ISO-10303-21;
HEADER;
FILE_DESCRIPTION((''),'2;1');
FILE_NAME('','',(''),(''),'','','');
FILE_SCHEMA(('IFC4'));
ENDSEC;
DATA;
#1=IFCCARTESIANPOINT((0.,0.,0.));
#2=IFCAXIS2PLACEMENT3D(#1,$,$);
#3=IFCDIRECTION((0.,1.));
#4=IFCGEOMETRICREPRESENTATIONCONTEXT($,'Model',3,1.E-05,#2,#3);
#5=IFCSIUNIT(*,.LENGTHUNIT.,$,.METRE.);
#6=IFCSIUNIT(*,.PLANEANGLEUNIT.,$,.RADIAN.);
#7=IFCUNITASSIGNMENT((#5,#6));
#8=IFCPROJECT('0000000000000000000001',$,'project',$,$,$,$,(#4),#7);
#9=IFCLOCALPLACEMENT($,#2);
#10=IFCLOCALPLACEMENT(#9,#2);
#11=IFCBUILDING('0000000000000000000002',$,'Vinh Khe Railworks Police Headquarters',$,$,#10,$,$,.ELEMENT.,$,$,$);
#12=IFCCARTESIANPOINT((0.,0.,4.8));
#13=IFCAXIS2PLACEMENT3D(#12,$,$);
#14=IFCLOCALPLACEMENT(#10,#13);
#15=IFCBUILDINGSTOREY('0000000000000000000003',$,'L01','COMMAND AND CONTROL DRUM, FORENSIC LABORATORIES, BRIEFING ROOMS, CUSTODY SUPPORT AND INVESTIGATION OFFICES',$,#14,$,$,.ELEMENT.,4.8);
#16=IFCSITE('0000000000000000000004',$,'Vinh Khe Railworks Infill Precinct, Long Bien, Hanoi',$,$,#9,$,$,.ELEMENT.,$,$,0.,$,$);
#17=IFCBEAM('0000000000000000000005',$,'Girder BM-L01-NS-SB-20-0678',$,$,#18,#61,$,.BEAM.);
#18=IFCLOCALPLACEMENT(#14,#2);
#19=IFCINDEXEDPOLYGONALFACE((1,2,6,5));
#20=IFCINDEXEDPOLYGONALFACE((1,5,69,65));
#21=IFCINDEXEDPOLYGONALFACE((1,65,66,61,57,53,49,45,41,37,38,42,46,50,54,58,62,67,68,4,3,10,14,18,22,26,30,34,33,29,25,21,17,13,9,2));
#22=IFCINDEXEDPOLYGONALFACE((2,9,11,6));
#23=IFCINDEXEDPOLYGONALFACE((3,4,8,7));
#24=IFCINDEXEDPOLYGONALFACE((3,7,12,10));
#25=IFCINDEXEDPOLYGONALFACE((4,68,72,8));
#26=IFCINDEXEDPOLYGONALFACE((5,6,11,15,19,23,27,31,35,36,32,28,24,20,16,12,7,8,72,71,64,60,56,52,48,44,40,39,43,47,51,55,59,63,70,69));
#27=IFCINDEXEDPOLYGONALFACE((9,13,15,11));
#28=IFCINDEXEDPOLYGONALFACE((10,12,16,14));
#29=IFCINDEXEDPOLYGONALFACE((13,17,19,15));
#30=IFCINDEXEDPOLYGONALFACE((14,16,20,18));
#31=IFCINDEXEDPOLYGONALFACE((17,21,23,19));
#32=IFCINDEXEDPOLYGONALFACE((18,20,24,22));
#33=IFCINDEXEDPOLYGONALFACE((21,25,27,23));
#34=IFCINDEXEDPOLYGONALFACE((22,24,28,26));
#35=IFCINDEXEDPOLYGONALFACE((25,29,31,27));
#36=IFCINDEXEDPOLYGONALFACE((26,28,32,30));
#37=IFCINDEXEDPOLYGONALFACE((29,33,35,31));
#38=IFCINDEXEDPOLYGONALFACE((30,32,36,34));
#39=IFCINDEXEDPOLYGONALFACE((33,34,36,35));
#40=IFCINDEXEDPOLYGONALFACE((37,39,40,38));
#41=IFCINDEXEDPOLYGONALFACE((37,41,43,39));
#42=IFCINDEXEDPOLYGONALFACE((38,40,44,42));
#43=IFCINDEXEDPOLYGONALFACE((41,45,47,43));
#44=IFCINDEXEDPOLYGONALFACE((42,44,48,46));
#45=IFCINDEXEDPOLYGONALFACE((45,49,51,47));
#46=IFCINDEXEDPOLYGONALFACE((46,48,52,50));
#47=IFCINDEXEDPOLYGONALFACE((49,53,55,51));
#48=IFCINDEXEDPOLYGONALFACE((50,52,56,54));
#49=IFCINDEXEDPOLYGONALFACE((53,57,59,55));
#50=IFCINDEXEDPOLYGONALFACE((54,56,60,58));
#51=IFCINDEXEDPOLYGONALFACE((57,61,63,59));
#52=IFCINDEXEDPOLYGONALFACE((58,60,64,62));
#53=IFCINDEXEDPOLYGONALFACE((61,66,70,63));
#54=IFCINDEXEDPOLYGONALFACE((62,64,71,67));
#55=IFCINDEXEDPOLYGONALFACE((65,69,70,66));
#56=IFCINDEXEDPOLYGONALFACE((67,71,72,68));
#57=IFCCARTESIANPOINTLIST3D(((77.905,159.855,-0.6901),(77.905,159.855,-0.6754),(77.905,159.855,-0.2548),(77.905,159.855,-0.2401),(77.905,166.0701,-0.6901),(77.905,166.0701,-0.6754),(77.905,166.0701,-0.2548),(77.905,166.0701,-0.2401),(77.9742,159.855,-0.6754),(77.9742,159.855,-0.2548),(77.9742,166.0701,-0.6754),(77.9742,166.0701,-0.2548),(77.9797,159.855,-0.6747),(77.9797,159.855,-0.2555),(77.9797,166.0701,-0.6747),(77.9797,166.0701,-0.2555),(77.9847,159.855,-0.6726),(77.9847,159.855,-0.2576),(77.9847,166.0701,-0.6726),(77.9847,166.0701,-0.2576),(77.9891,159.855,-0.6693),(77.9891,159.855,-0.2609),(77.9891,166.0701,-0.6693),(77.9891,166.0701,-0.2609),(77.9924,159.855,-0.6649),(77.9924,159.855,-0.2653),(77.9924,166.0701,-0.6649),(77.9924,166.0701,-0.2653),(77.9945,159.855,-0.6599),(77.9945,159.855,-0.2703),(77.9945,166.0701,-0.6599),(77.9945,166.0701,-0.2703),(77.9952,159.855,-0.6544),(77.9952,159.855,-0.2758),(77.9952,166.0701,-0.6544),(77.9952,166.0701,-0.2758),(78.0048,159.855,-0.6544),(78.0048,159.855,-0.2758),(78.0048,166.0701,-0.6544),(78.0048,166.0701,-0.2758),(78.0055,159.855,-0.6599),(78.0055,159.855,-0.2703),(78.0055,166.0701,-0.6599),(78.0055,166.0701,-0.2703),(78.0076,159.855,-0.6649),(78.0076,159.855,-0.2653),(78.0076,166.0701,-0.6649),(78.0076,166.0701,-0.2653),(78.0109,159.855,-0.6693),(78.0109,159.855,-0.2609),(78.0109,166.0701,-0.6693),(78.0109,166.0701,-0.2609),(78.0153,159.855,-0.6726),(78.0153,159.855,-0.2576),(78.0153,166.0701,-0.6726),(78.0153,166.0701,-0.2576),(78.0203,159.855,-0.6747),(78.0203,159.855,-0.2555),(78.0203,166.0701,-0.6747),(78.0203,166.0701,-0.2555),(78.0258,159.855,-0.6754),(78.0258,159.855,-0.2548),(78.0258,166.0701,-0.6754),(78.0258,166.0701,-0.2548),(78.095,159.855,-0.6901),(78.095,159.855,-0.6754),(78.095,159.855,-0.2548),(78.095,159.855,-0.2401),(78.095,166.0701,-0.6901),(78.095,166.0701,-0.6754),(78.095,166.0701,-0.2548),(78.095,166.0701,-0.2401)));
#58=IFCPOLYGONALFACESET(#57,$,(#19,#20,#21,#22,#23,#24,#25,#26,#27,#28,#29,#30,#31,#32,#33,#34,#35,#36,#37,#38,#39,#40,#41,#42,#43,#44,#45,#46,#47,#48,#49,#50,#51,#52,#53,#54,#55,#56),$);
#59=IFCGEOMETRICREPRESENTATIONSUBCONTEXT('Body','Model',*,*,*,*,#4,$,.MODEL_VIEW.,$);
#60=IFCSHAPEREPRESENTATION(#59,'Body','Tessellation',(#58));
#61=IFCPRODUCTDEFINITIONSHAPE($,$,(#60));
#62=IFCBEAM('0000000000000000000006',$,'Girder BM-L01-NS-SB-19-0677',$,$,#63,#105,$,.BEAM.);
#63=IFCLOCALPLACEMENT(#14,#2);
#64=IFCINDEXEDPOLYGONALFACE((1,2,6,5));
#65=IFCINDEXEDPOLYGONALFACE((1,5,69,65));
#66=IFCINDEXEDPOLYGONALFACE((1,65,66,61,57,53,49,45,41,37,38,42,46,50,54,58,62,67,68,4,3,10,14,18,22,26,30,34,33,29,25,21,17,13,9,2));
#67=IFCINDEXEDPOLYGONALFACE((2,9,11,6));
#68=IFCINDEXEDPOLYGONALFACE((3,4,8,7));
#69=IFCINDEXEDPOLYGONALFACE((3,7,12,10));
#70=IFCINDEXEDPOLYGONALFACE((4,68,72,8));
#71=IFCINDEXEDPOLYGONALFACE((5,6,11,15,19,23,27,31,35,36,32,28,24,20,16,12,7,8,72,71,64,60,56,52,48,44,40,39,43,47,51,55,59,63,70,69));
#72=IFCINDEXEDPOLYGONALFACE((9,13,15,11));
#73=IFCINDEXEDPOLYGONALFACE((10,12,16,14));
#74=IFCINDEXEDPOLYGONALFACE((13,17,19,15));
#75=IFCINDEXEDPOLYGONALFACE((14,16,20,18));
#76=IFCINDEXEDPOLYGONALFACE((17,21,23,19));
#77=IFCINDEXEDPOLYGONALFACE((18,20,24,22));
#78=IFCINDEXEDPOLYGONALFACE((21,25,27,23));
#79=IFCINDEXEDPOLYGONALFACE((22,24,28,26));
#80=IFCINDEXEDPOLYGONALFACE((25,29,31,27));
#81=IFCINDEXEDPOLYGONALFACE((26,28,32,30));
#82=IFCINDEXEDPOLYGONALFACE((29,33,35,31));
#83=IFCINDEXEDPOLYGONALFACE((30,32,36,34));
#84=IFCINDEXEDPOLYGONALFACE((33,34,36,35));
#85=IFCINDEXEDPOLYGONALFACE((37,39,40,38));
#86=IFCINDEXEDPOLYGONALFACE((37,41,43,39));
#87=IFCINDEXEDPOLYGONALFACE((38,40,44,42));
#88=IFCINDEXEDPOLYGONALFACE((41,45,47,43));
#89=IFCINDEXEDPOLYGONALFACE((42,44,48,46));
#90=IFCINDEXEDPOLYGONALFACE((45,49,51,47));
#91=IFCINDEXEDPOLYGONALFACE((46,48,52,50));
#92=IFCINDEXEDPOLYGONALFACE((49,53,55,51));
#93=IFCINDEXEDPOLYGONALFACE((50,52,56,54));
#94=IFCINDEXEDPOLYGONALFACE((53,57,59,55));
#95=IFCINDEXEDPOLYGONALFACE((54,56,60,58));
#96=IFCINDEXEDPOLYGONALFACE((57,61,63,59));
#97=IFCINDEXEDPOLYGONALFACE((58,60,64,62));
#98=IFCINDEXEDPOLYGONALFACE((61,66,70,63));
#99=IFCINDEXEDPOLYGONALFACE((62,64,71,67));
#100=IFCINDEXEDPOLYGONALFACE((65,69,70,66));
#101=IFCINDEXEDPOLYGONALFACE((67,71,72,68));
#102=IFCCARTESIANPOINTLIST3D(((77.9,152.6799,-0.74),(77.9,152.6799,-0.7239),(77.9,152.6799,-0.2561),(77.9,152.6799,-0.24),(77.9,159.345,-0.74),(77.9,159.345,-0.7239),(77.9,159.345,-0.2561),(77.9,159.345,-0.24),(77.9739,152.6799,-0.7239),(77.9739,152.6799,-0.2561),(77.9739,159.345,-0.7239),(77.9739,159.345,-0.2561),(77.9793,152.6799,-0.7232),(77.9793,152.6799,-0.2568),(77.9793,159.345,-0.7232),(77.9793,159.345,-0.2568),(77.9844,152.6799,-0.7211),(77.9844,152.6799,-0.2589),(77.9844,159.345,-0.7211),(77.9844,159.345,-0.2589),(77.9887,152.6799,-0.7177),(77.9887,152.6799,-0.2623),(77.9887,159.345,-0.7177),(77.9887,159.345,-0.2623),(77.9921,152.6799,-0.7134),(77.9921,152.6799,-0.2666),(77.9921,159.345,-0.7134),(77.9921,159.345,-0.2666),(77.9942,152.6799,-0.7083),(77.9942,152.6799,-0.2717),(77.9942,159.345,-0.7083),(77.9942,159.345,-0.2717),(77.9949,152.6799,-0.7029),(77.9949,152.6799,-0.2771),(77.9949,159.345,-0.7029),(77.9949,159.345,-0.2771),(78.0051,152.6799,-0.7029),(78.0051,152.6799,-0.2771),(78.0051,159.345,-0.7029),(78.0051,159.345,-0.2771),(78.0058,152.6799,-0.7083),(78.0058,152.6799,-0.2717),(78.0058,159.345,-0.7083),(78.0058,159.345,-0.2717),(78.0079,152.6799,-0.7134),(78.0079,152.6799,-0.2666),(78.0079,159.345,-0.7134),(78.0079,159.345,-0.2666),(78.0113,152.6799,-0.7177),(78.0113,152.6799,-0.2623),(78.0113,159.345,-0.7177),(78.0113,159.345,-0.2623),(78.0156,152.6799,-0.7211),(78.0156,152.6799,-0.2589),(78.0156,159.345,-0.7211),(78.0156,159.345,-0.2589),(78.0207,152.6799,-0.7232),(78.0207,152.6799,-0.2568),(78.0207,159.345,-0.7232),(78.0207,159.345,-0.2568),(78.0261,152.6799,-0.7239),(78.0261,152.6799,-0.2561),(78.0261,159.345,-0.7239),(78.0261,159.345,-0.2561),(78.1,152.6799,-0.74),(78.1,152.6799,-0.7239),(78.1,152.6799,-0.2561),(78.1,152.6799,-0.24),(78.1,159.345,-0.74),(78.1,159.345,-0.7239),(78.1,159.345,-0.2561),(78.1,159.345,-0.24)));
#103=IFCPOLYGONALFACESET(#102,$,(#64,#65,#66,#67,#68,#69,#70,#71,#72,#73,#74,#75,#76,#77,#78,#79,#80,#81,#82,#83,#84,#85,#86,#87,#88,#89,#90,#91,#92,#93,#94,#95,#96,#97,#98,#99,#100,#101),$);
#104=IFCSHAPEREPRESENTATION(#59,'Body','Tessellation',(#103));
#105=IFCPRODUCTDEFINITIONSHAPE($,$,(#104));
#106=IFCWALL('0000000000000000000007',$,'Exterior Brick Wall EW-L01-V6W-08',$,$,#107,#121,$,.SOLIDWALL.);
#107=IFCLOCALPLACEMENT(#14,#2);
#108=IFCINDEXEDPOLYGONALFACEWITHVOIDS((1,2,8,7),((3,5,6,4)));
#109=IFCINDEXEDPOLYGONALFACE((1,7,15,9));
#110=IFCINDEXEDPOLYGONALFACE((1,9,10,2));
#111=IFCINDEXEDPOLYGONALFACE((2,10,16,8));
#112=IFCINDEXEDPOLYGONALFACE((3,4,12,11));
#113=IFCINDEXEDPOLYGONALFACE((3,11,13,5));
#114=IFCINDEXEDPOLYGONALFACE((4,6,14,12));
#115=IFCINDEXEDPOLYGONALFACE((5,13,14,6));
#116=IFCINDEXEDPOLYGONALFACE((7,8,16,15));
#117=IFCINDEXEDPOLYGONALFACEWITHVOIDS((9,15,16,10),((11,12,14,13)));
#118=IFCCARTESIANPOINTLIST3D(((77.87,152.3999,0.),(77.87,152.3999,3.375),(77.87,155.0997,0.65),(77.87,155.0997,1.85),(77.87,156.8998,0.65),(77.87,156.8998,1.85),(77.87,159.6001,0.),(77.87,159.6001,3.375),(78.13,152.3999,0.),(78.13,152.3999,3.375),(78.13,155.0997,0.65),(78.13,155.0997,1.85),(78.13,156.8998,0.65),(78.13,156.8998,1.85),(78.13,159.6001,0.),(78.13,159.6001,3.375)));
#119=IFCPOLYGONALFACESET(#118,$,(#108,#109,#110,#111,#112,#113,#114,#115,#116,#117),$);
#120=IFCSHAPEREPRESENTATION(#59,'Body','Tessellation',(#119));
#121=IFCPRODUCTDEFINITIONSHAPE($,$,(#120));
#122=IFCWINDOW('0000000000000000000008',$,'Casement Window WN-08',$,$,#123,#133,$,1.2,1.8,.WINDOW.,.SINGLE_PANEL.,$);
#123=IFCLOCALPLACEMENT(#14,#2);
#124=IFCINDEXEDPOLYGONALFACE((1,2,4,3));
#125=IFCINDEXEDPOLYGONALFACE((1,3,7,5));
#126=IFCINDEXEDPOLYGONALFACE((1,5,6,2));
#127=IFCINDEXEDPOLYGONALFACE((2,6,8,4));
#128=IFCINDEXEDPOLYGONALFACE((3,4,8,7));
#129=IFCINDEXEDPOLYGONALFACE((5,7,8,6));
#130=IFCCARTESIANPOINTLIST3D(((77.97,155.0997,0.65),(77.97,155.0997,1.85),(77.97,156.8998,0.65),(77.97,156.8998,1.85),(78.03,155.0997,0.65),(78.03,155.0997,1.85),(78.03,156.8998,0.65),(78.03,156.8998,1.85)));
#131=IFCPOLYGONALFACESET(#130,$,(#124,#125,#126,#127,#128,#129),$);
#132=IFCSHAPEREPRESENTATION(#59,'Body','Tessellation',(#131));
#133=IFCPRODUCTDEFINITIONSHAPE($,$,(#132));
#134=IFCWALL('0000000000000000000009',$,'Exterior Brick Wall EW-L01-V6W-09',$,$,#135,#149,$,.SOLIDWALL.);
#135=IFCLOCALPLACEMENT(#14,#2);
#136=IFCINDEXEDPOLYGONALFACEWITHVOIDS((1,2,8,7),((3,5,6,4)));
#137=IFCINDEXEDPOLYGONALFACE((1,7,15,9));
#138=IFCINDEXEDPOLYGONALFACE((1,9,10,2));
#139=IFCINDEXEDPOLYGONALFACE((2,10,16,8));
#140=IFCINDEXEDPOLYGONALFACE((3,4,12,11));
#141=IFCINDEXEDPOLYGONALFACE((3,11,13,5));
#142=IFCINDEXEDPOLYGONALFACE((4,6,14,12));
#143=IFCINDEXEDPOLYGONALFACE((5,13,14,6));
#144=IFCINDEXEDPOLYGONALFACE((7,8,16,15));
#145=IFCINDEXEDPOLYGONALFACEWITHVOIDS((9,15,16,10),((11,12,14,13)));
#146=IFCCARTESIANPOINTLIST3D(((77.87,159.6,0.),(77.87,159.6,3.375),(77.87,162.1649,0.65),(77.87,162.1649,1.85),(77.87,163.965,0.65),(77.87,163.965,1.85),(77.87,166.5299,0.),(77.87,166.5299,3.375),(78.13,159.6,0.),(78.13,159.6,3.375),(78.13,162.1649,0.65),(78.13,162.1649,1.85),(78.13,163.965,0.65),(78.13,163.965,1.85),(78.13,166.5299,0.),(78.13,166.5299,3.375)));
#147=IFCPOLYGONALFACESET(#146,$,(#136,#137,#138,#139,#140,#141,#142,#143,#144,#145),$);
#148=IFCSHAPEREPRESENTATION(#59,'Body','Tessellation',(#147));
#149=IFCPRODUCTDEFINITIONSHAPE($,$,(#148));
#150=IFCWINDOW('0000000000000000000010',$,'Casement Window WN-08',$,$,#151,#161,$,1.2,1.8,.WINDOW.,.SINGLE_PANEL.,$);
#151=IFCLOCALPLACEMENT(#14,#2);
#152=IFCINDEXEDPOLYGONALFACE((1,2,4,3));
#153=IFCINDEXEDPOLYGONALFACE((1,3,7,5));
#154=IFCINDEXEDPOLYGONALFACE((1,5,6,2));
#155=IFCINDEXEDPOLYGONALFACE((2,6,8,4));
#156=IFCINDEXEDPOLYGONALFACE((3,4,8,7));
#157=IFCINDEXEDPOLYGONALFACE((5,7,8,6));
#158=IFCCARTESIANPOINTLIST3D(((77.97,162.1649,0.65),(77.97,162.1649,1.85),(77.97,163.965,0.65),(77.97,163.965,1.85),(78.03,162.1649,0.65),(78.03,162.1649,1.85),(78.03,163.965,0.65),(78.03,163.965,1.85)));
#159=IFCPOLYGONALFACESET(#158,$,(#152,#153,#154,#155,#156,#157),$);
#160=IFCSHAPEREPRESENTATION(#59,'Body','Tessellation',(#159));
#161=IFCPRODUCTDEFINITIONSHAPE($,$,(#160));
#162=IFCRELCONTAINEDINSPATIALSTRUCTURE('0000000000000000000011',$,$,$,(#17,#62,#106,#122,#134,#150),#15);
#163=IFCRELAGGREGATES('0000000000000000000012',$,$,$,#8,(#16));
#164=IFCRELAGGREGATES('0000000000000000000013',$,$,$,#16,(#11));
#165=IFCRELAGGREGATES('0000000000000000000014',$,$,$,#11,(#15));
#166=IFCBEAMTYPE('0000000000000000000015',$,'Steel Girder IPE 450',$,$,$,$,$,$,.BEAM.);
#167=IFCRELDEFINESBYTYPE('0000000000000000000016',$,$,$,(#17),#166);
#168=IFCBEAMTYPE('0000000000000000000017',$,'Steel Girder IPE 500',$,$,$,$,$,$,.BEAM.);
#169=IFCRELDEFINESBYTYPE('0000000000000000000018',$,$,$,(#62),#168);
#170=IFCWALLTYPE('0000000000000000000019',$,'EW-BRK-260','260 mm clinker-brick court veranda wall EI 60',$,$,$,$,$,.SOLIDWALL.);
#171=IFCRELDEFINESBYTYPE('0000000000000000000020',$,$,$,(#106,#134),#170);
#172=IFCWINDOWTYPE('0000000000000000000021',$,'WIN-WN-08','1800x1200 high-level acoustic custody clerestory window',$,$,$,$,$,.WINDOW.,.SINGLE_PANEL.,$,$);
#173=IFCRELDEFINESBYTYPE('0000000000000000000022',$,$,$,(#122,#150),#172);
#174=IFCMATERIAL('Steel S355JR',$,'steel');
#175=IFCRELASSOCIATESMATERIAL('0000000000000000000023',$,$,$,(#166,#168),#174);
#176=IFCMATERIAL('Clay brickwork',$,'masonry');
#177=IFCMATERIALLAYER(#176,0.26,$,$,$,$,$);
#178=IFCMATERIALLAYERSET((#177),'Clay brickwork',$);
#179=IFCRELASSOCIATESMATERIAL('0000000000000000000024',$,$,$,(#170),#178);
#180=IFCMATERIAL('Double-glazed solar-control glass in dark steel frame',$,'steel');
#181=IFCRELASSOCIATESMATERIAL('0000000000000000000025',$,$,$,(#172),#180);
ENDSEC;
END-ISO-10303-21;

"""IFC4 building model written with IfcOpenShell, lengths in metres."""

from ifc_helpers import new_model, si_unit, direction, frame, frame_2d, origin, origin_2d, place, context, subcontext, project, spatial, rectangle, i_section, extrude, material, layer, layer_set, material_profile, profile_set, type_object, element, fill, save


model = new_model("IFC4")

# Units and contexts
model_context = context("Model", 3, precision=1e-05, world=origin(), true_north=direction((0.0, 1.0)))
body_context = subcontext(model_context, "Body", "Model", "MODEL_VIEW")
ifc_project = project(units=[si_unit("LENGTHUNIT", "METRE"), si_unit("PLANEANGLEUNIT", "RADIAN")], contexts=[model_context])

# Site, building, storey
site_placement = place(None, origin())
site = spatial("IfcSite", under=ifc_project, at=site_placement, Name="Vinh Khe Railworks Infill Precinct, Long Bien, Hanoi", CompositionType="ELEMENT", RefElevation=0.0)
building_placement = place(site_placement, origin())
building = spatial("IfcBuilding", under=site, at=building_placement, Name="Vinh Khe Railworks Police Headquarters", CompositionType="ELEMENT")
storey_placement = place(building_placement, frame((0.0, 0.0, 4.8)))
storey = spatial("IfcBuildingStorey", under=building, at=storey_placement, Name="L01", Description="COMMAND AND CONTROL DRUM, FORENSIC LABORATORIES, BRIEFING ROOMS, CUSTODY SUPPORT AND INVESTIGATION OFFICES", CompositionType="ELEMENT", Elevation=4.8)

# Shared definitions
ifc_material_1 = material(Name="Steel S355JR", Category="steel")

# Beams
ifc_material_profile_1 = material_profile(ifc_material_1, i_section(OverallWidth=0.1899, OverallDepth=0.45, WebThickness=0.0095, FlangeThickness=0.0146, FilletRadius=0.021, at=origin_2d()), Name="IPE 450")
ifc_profile_set_1 = profile_set([ifc_material_profile_1], Name="Steel S355JR")
beam_type_1 = type_object("IfcBeamType", Name="Steel Girder IPE 450", PredefinedType="BEAM", material=ifc_profile_set_1)
beam_1_placement = place(storey_placement, frame((78.0, 159.855, -0.4651), z_axis=(0.0, 1.0, 0.0), x_axis=(-1.0, 0.0, 0.0)))
element("IfcBeam", 1, at=beam_1_placement, inside=storey, type_object=beam_type_1, Name="Girder BM-L01-NS-SB-20-0678", PredefinedType="BEAM", context=body_context, shape_type="SweptSolid", body=[
    extrude(i_section(OverallWidth=0.1899, OverallDepth=0.45, WebThickness=0.0095, FlangeThickness=0.0146, FilletRadius=0.021, at=origin_2d()), origin(), (0.0, 0.0, 1.0), 6.2151),
])
ifc_material_profile_2 = material_profile(ifc_material_1, i_section(OverallWidth=0.2, OverallDepth=0.5, WebThickness=0.0103, FlangeThickness=0.0161, FilletRadius=0.021, at=origin_2d()), Name="IPE 500")
ifc_profile_set_2 = profile_set([ifc_material_profile_2], Name="Steel S355JR")
beam_type_2 = type_object("IfcBeamType", Name="Steel Girder IPE 500", PredefinedType="BEAM", material=ifc_profile_set_2)
beam_2_placement = place(storey_placement, frame((78.0, 152.6799, -0.49), z_axis=(0.0, 1.0, 0.0), x_axis=(-1.0, 0.0, 0.0)))
element("IfcBeam", 2, at=beam_2_placement, inside=storey, type_object=beam_type_2, Name="Girder BM-L01-NS-SB-19-0677", PredefinedType="BEAM", context=body_context, shape_type="SweptSolid", body=[
    extrude(i_section(OverallWidth=0.2, OverallDepth=0.5, WebThickness=0.0103, FlangeThickness=0.0161, FilletRadius=0.021, at=origin_2d()), origin(), (0.0, 0.0, 1.0), 6.665),
])

# Walls, openings, windows
ifc_material_2 = material(Name="Clay brickwork", Category="masonry")
ifc_layer_1 = layer(ifc_material_2, 0.26)
ifc_layer_set_1 = layer_set([ifc_layer_1], Name="Clay brickwork")
wall_type_1 = type_object("IfcWallType", Name="EW-BRK-260", Description="260 mm clinker-brick court veranda wall EI 60", PredefinedType="SOLIDWALL", material=ifc_layer_set_1)
wall_1_placement = place(storey_placement, frame((78.0, 152.3999, 0.0), z_axis=(0.0, 0.0, 1.0), x_axis=(0.0, 1.0, 0.0)))
wall_1 = element("IfcWall", 3, at=wall_1_placement, inside=storey, type_object=wall_type_1, Name="Exterior Brick Wall EW-L01-V6W-08", PredefinedType="SOLIDWALL", context=body_context, shape_type="SweptSolid", body=[
    extrude(rectangle(XDim=7.2002, YDim=0.26, at=frame_2d((3.6001, 0.0))), origin(), (0.0, 0.0, 1.0), 3.375),
])
opening_1_placement = place(wall_1_placement, frame((2.7, 0.0, 0.6499)))
opening_1 = element("IfcOpeningElement", 4, at=opening_1_placement, cuts=wall_1, PredefinedType="OPENING", context=body_context, shape_type="SweptSolid", body=[
    extrude(rectangle(XDim=1.8, YDim=1.2, at=frame_2d((0.8999, 0.6001))), frame((0.0, 0.145, 0.0), z_axis=(0.0, -1.0, 0.0), x_axis=(1.0, 0.0, 0.0)), (0.0, 0.0, 1.0), 0.2898),
])
ifc_material_3 = material(Name="Double-glazed solar-control glass in dark steel frame", Category="steel")
window_type_1 = type_object("IfcWindowType", Name="WIN-WN-08", Description="1800x1200 high-level acoustic custody clerestory window", PartitioningType="SINGLE_PANEL", PredefinedType="WINDOW", material=ifc_material_3)
window_1_placement = place(opening_1_placement, origin())
window_1 = element("IfcWindow", 5, at=window_1_placement, inside=storey, type_object=window_type_1, Name="Casement Window WN-08", OverallHeight=1.2, OverallWidth=1.8, PartitioningType="SINGLE_PANEL", PredefinedType="WINDOW", context=body_context, shape_type="SweptSolid", body=[
    extrude(rectangle(XDim=1.8, YDim=1.2, at=frame_2d((0.8999, 0.6001))), frame((0.0, 0.03, 0.0), z_axis=(0.0, -1.0, 0.0), x_axis=(1.0, 0.0, 0.0)), (0.0, 0.0, 1.0), 0.0601),
])
fill(opening_1, window_1)
wall_2_placement = place(storey_placement, frame((78.0, 159.6001, 0.0), z_axis=(0.0, 0.0, 1.0), x_axis=(0.0, 1.0, 0.0)))
wall_2 = element("IfcWall", 6, at=wall_2_placement, inside=storey, type_object=wall_type_1, Name="Exterior Brick Wall EW-L01-V6W-09", PredefinedType="SOLIDWALL", context=body_context, shape_type="SweptSolid", body=[
    extrude(rectangle(XDim=6.9299, YDim=0.26, at=frame_2d((3.4648, 0.0))), origin(), (0.0, 0.0, 1.0), 3.375),
])
opening_2_placement = place(wall_2_placement, frame((2.5649, 0.0, 0.6499)))
opening_2 = element("IfcOpeningElement", 7, at=opening_2_placement, cuts=wall_2, PredefinedType="OPENING", context=body_context, shape_type="SweptSolid", body=[
    extrude(rectangle(XDim=1.8, YDim=1.2, at=frame_2d((0.8999, 0.6001))), frame((0.0, 0.145, 0.0), z_axis=(0.0, -1.0, 0.0), x_axis=(1.0, 0.0, 0.0)), (0.0, 0.0, 1.0), 0.2898),
])
window_2_placement = place(opening_2_placement, origin())
window_2 = element("IfcWindow", 8, at=window_2_placement, inside=storey, type_object=window_type_1, Name="Casement Window WN-08", OverallHeight=1.2, OverallWidth=1.8, PartitioningType="SINGLE_PANEL", PredefinedType="WINDOW", context=body_context, shape_type="SweptSolid", body=[
    extrude(rectangle(XDim=1.8, YDim=1.2, at=frame_2d((0.8999, 0.6001))), frame((0.0, 0.03, 0.0), z_axis=(0.0, -1.0, 0.0), x_axis=(1.0, 0.0, 0.0)), (0.0, 0.0, 1.0), 0.0601),
])
fill(opening_2, window_2)

save(model, "model.ifc")
